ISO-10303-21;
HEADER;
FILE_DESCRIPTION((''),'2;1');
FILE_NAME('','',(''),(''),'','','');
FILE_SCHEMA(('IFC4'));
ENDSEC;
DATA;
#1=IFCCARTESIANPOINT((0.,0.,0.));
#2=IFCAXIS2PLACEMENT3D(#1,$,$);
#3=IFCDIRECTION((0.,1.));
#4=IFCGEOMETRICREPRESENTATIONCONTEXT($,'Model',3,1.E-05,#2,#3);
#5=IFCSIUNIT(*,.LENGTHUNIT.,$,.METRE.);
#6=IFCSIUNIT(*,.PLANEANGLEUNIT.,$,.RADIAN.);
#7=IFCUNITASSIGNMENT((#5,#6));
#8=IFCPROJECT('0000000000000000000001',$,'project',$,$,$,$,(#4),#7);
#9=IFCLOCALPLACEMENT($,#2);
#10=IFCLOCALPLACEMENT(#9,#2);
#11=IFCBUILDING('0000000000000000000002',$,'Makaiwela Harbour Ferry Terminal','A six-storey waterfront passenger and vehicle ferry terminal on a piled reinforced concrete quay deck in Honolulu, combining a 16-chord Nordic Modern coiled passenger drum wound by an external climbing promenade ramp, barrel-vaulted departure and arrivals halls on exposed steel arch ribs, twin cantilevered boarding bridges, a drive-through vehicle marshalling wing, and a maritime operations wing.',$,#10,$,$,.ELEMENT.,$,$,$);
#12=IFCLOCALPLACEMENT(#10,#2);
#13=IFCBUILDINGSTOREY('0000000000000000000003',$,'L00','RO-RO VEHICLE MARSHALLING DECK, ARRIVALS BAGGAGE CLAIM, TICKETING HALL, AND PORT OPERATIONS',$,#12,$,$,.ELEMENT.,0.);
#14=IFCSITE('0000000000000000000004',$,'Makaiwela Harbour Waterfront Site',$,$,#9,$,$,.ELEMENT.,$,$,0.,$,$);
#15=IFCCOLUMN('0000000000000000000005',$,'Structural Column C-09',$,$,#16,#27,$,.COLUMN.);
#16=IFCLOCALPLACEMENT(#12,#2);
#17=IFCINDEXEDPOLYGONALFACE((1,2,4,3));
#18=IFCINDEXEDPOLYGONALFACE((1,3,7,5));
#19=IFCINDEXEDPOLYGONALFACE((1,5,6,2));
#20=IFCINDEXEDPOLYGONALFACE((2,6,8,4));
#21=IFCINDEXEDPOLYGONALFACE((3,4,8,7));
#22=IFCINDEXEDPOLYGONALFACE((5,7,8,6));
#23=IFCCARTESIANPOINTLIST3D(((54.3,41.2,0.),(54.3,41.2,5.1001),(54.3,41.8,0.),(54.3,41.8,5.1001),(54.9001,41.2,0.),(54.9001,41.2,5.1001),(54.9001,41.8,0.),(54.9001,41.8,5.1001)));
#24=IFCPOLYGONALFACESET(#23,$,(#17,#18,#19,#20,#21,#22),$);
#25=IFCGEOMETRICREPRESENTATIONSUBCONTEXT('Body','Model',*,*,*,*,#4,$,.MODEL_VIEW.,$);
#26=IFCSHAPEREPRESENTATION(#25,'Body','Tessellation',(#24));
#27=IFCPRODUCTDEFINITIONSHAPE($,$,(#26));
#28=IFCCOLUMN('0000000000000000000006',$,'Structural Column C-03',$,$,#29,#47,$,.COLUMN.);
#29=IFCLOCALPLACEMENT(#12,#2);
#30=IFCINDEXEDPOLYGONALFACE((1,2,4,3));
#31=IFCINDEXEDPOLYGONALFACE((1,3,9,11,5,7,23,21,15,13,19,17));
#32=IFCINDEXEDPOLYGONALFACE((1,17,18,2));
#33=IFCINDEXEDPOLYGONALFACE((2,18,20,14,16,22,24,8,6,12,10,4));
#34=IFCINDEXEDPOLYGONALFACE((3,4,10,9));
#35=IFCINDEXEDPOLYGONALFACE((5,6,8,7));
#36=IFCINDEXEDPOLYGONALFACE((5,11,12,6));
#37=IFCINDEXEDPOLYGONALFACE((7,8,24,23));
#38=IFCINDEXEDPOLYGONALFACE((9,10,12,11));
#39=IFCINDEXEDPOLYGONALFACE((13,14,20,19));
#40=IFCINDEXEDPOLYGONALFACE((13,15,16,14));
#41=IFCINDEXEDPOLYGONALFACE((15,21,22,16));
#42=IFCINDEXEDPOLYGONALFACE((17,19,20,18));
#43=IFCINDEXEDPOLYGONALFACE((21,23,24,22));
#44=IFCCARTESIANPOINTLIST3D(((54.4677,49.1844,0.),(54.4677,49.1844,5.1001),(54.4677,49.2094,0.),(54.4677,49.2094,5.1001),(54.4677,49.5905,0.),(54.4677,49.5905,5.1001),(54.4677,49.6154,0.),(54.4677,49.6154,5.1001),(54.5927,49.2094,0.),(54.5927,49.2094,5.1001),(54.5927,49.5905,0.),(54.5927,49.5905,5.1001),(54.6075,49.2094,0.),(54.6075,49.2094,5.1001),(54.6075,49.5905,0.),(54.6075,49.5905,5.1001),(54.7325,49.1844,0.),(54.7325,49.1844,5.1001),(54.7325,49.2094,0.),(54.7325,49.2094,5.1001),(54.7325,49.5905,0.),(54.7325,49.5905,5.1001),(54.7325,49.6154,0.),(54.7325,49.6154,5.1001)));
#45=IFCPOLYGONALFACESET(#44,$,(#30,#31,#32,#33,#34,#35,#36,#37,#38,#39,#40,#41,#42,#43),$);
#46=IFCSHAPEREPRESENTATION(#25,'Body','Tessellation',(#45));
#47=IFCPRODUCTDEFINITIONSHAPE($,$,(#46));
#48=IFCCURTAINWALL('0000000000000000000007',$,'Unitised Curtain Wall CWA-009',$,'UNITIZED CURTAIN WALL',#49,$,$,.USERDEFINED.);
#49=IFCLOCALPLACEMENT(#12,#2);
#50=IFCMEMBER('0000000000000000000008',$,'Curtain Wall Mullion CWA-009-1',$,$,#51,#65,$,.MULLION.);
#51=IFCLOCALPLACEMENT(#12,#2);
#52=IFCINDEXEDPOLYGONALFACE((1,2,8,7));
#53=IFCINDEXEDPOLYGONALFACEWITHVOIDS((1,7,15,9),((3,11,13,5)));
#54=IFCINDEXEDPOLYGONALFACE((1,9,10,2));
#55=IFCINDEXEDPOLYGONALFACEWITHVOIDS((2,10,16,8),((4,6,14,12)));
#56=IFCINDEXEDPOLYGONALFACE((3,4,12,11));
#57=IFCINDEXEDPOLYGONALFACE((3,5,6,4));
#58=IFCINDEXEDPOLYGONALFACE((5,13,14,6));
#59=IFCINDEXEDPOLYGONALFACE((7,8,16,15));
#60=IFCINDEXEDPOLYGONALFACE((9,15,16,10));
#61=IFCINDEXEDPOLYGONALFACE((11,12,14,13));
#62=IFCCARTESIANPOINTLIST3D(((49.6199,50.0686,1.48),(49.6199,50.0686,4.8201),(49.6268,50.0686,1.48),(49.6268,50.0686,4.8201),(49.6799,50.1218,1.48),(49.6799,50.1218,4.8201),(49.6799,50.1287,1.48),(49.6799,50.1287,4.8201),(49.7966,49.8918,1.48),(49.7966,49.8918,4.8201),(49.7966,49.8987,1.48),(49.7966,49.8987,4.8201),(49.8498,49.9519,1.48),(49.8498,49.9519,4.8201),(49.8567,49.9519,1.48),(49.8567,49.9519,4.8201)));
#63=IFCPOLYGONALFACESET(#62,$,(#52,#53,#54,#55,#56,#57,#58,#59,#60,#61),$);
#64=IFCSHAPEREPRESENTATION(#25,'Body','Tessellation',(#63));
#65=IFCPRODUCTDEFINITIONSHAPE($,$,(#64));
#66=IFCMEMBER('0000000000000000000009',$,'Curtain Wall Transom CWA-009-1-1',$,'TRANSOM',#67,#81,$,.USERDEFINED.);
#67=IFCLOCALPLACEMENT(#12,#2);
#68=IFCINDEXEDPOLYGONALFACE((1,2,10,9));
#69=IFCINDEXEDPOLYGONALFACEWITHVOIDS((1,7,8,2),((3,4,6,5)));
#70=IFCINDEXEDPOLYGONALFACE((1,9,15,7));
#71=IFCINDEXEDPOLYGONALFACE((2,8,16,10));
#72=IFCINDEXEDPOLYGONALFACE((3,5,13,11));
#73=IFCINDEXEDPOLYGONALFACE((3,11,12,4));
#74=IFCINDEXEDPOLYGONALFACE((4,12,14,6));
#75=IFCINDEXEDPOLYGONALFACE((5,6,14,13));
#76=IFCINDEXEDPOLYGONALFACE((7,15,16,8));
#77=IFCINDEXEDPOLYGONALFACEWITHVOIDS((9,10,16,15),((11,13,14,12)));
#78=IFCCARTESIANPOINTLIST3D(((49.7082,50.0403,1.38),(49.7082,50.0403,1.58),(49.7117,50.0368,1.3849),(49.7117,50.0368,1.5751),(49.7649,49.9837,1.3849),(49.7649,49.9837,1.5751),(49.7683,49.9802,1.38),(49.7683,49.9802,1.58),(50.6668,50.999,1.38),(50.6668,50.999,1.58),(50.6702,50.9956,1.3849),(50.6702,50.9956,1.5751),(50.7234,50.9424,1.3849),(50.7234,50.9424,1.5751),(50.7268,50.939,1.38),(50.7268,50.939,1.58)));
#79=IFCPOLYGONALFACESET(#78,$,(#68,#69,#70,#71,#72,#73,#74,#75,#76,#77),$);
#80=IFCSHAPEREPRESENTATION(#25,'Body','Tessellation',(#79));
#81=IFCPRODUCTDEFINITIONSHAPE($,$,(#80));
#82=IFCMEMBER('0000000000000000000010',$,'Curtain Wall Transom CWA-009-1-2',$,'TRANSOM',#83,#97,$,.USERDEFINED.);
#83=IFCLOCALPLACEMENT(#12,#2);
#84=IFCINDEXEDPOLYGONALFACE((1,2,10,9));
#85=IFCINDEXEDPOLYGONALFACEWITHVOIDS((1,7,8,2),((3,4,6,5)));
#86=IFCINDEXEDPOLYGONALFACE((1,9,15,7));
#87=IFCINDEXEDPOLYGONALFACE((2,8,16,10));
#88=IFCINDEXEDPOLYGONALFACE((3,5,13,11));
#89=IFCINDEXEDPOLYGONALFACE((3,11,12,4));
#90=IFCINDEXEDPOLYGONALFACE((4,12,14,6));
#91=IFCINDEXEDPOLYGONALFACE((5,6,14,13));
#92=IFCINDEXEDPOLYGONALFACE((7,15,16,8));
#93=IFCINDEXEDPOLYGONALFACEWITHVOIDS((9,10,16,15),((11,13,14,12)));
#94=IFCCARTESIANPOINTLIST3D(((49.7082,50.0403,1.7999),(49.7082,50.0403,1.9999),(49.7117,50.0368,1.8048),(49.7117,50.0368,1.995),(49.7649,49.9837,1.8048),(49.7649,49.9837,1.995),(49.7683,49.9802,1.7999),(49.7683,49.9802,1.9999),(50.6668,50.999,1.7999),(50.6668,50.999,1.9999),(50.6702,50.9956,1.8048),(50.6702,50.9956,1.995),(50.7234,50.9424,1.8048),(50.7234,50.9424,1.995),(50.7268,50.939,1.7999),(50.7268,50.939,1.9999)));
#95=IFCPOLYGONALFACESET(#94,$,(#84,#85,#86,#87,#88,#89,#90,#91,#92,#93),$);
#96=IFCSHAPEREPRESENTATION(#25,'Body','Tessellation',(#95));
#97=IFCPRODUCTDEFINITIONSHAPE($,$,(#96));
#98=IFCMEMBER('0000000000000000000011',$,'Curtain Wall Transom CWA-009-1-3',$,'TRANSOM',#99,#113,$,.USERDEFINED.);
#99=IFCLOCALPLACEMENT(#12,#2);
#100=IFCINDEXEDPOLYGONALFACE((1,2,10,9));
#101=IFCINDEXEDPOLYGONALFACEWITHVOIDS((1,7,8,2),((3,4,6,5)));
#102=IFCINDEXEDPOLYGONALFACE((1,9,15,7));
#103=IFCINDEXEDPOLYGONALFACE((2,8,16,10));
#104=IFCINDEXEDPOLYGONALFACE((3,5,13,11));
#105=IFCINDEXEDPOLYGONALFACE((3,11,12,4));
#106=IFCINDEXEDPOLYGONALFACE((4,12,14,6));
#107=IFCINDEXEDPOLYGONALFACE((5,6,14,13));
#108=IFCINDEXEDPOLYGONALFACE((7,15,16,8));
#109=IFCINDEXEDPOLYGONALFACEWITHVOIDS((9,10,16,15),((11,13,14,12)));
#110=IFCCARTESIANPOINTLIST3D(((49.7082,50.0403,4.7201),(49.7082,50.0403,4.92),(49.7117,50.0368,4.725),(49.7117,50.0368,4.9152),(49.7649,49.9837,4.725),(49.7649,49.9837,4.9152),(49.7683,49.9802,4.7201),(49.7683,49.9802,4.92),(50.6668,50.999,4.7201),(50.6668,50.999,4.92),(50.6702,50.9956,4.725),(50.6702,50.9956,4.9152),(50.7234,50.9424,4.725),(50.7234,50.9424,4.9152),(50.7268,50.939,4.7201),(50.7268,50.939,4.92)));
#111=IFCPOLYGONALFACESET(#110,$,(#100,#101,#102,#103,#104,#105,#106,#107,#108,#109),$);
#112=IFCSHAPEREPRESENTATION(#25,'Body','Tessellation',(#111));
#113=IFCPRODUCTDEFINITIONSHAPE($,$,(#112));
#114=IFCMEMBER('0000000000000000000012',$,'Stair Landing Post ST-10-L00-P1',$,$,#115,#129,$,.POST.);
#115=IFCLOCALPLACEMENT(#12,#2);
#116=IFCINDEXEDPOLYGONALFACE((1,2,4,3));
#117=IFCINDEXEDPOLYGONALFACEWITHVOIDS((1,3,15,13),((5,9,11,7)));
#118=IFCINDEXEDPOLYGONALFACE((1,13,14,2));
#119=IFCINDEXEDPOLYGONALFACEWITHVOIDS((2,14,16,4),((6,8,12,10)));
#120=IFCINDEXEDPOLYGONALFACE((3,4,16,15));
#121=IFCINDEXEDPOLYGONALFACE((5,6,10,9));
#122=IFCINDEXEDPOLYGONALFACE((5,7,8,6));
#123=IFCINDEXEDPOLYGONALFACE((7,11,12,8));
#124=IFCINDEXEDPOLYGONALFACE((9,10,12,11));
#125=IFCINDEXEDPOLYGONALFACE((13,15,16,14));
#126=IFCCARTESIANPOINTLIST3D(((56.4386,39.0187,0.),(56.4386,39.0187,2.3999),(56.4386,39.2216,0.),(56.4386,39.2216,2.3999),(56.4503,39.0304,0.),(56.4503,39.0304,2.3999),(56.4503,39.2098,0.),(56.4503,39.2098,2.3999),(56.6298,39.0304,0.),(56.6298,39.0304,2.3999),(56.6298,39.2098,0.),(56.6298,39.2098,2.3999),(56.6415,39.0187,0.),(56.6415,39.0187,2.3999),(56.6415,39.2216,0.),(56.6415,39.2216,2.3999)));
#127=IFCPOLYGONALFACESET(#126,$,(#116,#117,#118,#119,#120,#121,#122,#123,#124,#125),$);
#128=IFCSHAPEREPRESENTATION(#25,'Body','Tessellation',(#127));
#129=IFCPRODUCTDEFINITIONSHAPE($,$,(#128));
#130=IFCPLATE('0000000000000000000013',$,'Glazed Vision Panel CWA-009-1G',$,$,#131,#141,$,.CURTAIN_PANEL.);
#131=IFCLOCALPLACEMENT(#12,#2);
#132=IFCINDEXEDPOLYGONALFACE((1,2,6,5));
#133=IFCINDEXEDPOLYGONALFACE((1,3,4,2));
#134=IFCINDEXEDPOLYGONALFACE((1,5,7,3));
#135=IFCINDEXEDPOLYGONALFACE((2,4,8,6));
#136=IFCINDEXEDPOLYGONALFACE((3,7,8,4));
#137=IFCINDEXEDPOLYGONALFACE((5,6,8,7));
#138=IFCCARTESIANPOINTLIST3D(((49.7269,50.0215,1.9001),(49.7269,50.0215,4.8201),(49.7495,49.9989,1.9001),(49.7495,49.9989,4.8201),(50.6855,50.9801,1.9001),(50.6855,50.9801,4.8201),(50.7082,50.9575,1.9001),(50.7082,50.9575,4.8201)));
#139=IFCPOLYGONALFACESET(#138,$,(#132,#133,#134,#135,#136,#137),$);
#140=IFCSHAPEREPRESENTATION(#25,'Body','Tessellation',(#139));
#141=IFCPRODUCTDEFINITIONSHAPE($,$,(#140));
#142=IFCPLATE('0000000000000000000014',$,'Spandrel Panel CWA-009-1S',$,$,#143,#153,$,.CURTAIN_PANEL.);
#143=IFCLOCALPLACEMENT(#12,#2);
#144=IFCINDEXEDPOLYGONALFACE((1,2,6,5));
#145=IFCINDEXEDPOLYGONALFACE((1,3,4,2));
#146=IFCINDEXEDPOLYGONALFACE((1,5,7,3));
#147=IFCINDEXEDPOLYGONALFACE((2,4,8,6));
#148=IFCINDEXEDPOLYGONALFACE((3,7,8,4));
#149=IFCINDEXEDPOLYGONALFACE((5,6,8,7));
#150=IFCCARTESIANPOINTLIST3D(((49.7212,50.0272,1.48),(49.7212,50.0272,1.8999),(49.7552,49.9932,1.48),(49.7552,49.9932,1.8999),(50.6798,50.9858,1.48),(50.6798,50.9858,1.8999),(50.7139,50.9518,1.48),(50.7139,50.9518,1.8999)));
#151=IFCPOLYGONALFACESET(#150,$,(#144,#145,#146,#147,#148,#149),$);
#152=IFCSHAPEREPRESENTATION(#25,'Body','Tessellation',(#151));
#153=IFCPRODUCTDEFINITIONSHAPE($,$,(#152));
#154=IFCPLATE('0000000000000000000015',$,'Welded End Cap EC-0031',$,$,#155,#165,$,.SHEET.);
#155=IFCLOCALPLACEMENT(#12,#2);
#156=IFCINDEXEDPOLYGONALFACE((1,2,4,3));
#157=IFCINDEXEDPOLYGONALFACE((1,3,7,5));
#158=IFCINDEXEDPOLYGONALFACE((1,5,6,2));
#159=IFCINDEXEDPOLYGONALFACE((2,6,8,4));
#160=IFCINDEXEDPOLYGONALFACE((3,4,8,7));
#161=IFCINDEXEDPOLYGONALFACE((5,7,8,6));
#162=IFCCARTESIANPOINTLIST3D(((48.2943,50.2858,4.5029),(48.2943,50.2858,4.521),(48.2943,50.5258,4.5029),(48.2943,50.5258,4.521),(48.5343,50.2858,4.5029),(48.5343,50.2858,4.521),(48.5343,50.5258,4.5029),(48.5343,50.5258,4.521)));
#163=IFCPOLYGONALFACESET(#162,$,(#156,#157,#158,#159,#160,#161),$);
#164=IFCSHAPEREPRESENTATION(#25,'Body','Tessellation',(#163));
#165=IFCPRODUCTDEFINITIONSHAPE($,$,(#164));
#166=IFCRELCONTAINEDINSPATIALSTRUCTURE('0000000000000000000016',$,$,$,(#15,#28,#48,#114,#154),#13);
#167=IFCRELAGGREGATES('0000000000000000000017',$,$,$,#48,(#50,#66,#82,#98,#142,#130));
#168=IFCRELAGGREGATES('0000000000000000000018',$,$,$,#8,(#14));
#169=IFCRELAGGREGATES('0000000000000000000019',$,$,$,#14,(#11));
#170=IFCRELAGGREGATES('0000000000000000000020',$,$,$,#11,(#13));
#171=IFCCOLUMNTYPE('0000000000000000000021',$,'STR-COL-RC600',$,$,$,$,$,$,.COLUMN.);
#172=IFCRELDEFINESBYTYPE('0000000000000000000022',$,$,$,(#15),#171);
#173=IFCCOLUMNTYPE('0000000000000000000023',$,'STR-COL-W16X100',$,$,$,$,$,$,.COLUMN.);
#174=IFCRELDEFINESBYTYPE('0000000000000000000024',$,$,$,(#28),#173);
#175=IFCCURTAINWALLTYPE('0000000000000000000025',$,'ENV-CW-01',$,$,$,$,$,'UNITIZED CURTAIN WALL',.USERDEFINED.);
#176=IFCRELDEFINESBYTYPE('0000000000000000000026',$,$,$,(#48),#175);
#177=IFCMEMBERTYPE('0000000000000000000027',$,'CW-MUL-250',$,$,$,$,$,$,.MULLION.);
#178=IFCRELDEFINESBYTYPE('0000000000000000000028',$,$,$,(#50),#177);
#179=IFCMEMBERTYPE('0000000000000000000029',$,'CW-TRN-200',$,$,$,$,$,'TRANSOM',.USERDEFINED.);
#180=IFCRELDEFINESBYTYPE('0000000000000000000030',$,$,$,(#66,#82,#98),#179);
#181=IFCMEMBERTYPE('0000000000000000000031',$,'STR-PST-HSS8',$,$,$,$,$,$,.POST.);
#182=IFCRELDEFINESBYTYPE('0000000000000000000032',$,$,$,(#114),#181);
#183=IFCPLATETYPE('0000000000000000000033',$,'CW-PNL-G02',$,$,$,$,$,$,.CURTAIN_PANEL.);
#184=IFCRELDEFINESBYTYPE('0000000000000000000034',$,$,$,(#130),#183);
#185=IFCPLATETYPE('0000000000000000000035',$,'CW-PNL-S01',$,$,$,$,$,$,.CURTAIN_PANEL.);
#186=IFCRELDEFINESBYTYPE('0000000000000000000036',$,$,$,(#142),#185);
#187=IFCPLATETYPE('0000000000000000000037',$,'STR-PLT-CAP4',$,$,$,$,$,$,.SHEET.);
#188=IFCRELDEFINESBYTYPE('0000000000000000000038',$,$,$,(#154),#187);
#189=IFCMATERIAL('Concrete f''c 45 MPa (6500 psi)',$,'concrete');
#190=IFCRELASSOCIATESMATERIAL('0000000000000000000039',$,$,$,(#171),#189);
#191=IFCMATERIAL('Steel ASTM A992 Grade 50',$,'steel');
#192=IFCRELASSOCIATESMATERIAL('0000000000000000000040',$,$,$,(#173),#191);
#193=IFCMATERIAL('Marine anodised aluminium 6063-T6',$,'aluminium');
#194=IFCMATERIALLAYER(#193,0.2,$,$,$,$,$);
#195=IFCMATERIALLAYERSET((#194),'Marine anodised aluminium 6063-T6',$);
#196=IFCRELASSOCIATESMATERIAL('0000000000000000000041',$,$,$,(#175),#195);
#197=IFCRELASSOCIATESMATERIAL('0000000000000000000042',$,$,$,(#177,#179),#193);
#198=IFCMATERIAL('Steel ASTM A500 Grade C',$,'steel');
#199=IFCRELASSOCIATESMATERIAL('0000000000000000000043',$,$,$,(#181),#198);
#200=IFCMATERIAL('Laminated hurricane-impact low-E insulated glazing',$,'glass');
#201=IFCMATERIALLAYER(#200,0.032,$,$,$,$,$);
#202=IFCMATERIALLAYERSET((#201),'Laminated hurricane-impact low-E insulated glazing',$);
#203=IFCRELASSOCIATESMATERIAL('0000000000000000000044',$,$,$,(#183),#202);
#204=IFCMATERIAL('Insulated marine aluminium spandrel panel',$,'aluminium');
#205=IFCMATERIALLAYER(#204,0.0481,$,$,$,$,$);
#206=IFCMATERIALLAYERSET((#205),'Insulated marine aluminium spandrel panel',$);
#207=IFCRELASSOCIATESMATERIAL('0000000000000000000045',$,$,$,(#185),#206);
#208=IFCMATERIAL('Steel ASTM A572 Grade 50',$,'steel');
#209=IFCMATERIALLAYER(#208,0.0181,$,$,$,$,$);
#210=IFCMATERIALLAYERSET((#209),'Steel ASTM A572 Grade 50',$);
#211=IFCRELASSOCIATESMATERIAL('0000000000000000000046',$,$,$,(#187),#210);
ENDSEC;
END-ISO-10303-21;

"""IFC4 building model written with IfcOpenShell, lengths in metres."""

from ifc_helpers import new_model, si_unit, direction, frame, origin, origin_2d, place, context, subcontext, project, spatial, rectangle, hollow_rectangle, i_section, extrude, material, layer, layer_set, material_profile, profile_set, type_object, element, aggregate, save


model = new_model("IFC4")

# Units and contexts
model_context = context("Model", 3, precision=1e-05, world=origin(), true_north=direction((0.0, 1.0)))
body_context = subcontext(model_context, "Body", "Model", "MODEL_VIEW")
ifc_project = project(units=[si_unit("LENGTHUNIT", "METRE"), si_unit("PLANEANGLEUNIT", "RADIAN")], contexts=[model_context])

# Site, building, storey
site_placement = place(None, origin())
site = spatial("IfcSite", under=ifc_project, at=site_placement, Name="Makaiwela Harbour Waterfront Site", CompositionType="ELEMENT", RefElevation=0.0)
building_placement = place(site_placement, origin())
building = spatial("IfcBuilding", under=site, at=building_placement, Name="Makaiwela Harbour Ferry Terminal", Description="A six-storey waterfront passenger and vehicle ferry terminal on a piled reinforced concrete quay deck in Honolulu, combining a 16-chord Nordic Modern coiled passenger drum wound by an external climbing promenade ramp, barrel-vaulted departure and arrivals halls on exposed steel arch ribs, twin cantilevered boarding bridges, a drive-through vehicle marshalling wing, and a maritime operations wing.", CompositionType="ELEMENT")
storey_placement = place(building_placement, origin())
storey = spatial("IfcBuildingStorey", under=building, at=storey_placement, Name="L00", Description="RO-RO VEHICLE MARSHALLING DECK, ARRIVALS BAGGAGE CLAIM, TICKETING HALL, AND PORT OPERATIONS", CompositionType="ELEMENT", Elevation=0.0)

# Shared definitions
ifc_material_1 = material(Name="Concrete f'c 45 MPa (6500 psi)", Category="concrete")

# Columns
ifc_material_profile_1 = material_profile(ifc_material_1, rectangle(XDim=0.6001, YDim=0.6001, at=origin_2d()), Name="RC-600X600")
ifc_profile_set_1 = profile_set([ifc_material_profile_1], Name="Concrete f'c 45 MPa (6500 psi)")
column_type_1 = type_object("IfcColumnType", Name="STR-COL-RC600", PredefinedType="COLUMN", material=ifc_profile_set_1)
column_1_placement = place(storey_placement, frame((54.6001, 41.5, 0.0), z_axis=(0.0, 0.0, 1.0), x_axis=(1.0, 0.0, 0.0)))
element("IfcColumn", 1, at=column_1_placement, inside=storey, type_object=column_type_1, Name="Structural Column C-09", PredefinedType="COLUMN", context=body_context, shape_type="SweptSolid", body=[
    extrude(rectangle(XDim=0.6001, YDim=0.6001, at=origin_2d()), origin(), (0.0, 0.0, 1.0), 5.1001),
])
ifc_material_2 = material(Name="Steel ASTM A992 Grade 50", Category="steel")
ifc_material_profile_2 = material_profile(ifc_material_2, i_section(OverallWidth=0.2649, OverallDepth=0.4309, WebThickness=0.0149, FlangeThickness=0.0249, at=origin_2d()), Name="W16X100")
ifc_profile_set_2 = profile_set([ifc_material_profile_2], Name="Steel ASTM A992 Grade 50")
column_type_2 = type_object("IfcColumnType", Name="STR-COL-W16X100", PredefinedType="COLUMN", material=ifc_profile_set_2)
column_2_placement = place(storey_placement, frame((54.6001, 49.3999, 0.0), z_axis=(0.0, 0.0, 1.0), x_axis=(1.0, 0.0, 0.0)))
element("IfcColumn", 2, at=column_2_placement, inside=storey, type_object=column_type_2, Name="Structural Column C-03", PredefinedType="COLUMN", context=body_context, shape_type="SweptSolid", body=[
    extrude(i_section(OverallWidth=0.2649, OverallDepth=0.4309, WebThickness=0.0149, FlangeThickness=0.0249, at=origin_2d()), origin(), (0.0, 0.0, 1.0), 5.1001),
])

# Curtain wall, members
ifc_material_3 = material(Name="Marine anodised aluminium 6063-T6", Category="aluminium")
ifc_layer_1 = layer(ifc_material_3, 0.2)
ifc_layer_set_1 = layer_set([ifc_layer_1], Name="Marine anodised aluminium 6063-T6")
curtain_wall_type = type_object("IfcCurtainWallType", Name="ENV-CW-01", ElementType="UNITIZED CURTAIN WALL", PredefinedType="USERDEFINED", material=ifc_layer_set_1)
curtain_wall_placement = place(storey_placement, origin())
curtain_wall = element("IfcCurtainWall", 3, at=curtain_wall_placement, inside=storey, type_object=curtain_wall_type, Name="Unitised Curtain Wall CWA-009", ObjectType="UNITIZED CURTAIN WALL", PredefinedType="USERDEFINED")
ifc_material_profile_3 = material_profile(ifc_material_3, hollow_rectangle(XDim=0.085, YDim=0.25, WallThickness=0.0049, at=origin_2d()), Name="CWM-250X85")
ifc_profile_set_3 = profile_set([ifc_material_profile_3], Name="Marine anodised aluminium 6063-T6")
member_type_1 = type_object("IfcMemberType", Name="CW-MUL-250", PredefinedType="MULLION", material=ifc_profile_set_3)
member_1_placement = place(storey_placement, frame((49.7383, 50.0103, 1.48), z_axis=(0.0, 0.0, 1.0), x_axis=(0.707107, 0.707107, 0.0)))
member_1 = element("IfcMember", 4, at=member_1_placement, type_object=member_type_1, Name="Curtain Wall Mullion CWA-009-1", PredefinedType="MULLION", context=body_context, shape_type="SweptSolid", body=[
    extrude(hollow_rectangle(XDim=0.085, YDim=0.25, WallThickness=0.0049, at=origin_2d()), origin(), (0.0, 0.0, 1.0), 3.3401),
])
ifc_material_profile_4 = material_profile(ifc_material_3, hollow_rectangle(XDim=0.085, YDim=0.2, WallThickness=0.0049, at=origin_2d()), Name="CWT-200X85")
ifc_profile_set_4 = profile_set([ifc_material_profile_4], Name="Marine anodised aluminium 6063-T6")
member_type_2 = type_object("IfcMemberType", Name="CW-TRN-200", ElementType="TRANSOM", PredefinedType="USERDEFINED", material=ifc_profile_set_4)
member_2_placement = place(storey_placement, frame((49.7383, 50.0103, 1.48), z_axis=(0.707017, 0.707197, 0.0), x_axis=(-0.707197, 0.707017, 0.0)))
member_2 = element("IfcMember", 5, at=member_2_placement, type_object=member_type_2, Name="Curtain Wall Transom CWA-009-1-1", ObjectType="TRANSOM", PredefinedType="USERDEFINED", context=body_context, shape_type="SweptSolid", body=[
    extrude(hollow_rectangle(XDim=0.085, YDim=0.2, WallThickness=0.0049, at=origin_2d()), origin(), (0.0, 0.0, 1.0), 1.3557),
])
member_3_placement = place(storey_placement, frame((49.7383, 50.0103, 1.8999), z_axis=(0.707017, 0.707197, 0.0), x_axis=(-0.707197, 0.707017, 0.0)))
member_3 = element("IfcMember", 6, at=member_3_placement, type_object=member_type_2, Name="Curtain Wall Transom CWA-009-1-2", ObjectType="TRANSOM", PredefinedType="USERDEFINED", context=body_context, shape_type="SweptSolid", body=[
    extrude(hollow_rectangle(XDim=0.085, YDim=0.2, WallThickness=0.0049, at=origin_2d()), origin(), (0.0, 0.0, 1.0), 1.3557),
])
member_4_placement = place(storey_placement, frame((49.7383, 50.0103, 4.8201), z_axis=(0.707017, 0.707197, 0.0), x_axis=(-0.707197, 0.707017, 0.0)))
member_4 = element("IfcMember", 7, at=member_4_placement, type_object=member_type_2, Name="Curtain Wall Transom CWA-009-1-3", ObjectType="TRANSOM", PredefinedType="USERDEFINED", context=body_context, shape_type="SweptSolid", body=[
    extrude(hollow_rectangle(XDim=0.085, YDim=0.2, WallThickness=0.0049, at=origin_2d()), origin(), (0.0, 0.0, 1.0), 1.3557),
])

# Member
ifc_material_4 = material(Name="Steel ASTM A500 Grade C", Category="steel")
ifc_material_profile_5 = material_profile(ifc_material_4, hollow_rectangle(XDim=0.2029, YDim=0.2029, WallThickness=0.0117, at=origin_2d()), Name="HSS8X8X1/2")
ifc_profile_set_5 = profile_set([ifc_material_profile_5], Name="Steel ASTM A500 Grade C")
member_type_3 = type_object("IfcMemberType", Name="STR-PST-HSS8", PredefinedType="POST", material=ifc_profile_set_5)
member_5_placement = place(storey_placement, frame((56.54, 39.1201, 0.0), z_axis=(0.0, 0.0, 1.0), x_axis=(1.0, 0.0, 0.0)))
element("IfcMember", 8, at=member_5_placement, inside=storey, type_object=member_type_3, Name="Stair Landing Post ST-10-L00-P1", PredefinedType="POST", context=body_context, shape_type="SweptSolid", body=[
    extrude(hollow_rectangle(XDim=0.2029, YDim=0.2029, WallThickness=0.0117, at=origin_2d()), origin(), (0.0, 0.0, 1.0), 2.3999),
])

# Plates
ifc_material_5 = material(Name="Laminated hurricane-impact low-E insulated glazing", Category="glass")
ifc_layer_2 = layer(ifc_material_5, 0.032)
ifc_layer_set_2 = layer_set([ifc_layer_2], Name="Laminated hurricane-impact low-E insulated glazing")
plate_type_1 = type_object("IfcPlateType", Name="CW-PNL-G02", PredefinedType="CURTAIN_PANEL", material=ifc_layer_set_2)
plate_1_placement = place(storey_placement, frame((50.2175, 50.4895, 1.9001), z_axis=(0.0, 0.0, 1.0), x_axis=(0.707107, 0.707107, 0.0)))
plate_1 = element("IfcPlate", 9, at=plate_1_placement, type_object=plate_type_1, Name="Glazed Vision Panel CWA-009-1G", PredefinedType="CURTAIN_PANEL", context=body_context, shape_type="SweptSolid", body=[
    extrude(rectangle(XDim=1.3557, YDim=0.032, at=origin_2d()), origin(), (0.0, 0.0, 1.0), 2.9199),
])
ifc_material_6 = material(Name="Insulated marine aluminium spandrel panel", Category="aluminium")
ifc_layer_3 = layer(ifc_material_6, 0.0481)
ifc_layer_set_3 = layer_set([ifc_layer_3], Name="Insulated marine aluminium spandrel panel")
plate_type_2 = type_object("IfcPlateType", Name="CW-PNL-S01", PredefinedType="CURTAIN_PANEL", material=ifc_layer_set_3)
plate_2_placement = place(storey_placement, frame((50.2175, 50.4895, 1.48), z_axis=(0.0, 0.0, 1.0), x_axis=(0.707107, 0.707107, 0.0)))
plate_2 = element("IfcPlate", 10, at=plate_2_placement, type_object=plate_type_2, Name="Spandrel Panel CWA-009-1S", PredefinedType="CURTAIN_PANEL", context=body_context, shape_type="SweptSolid", body=[
    extrude(rectangle(XDim=1.3557, YDim=0.0481, at=origin_2d()), origin(), (0.0, 0.0, 1.0), 0.4199),
])
aggregate(curtain_wall, [member_1, member_2, member_3, member_4, plate_2, plate_1])
ifc_material_7 = material(Name="Steel ASTM A572 Grade 50", Category="steel")
ifc_layer_4 = layer(ifc_material_7, 0.0181)
ifc_layer_set_4 = layer_set([ifc_layer_4], Name="Steel ASTM A572 Grade 50")
plate_type_3 = type_object("IfcPlateType", Name="STR-PLT-CAP4", PredefinedType="SHEET", material=ifc_layer_set_4)
plate_3_placement = place(storey_placement, frame((48.4143, 50.4058, 4.5029), z_axis=(0.0, 0.0, 1.0), x_axis=(1.0, 0.0, 0.0)))
element("IfcPlate", 11, at=plate_3_placement, inside=storey, type_object=plate_type_3, Name="Welded End Cap EC-0031", PredefinedType="SHEET", context=body_context, shape_type="SweptSolid", body=[
    extrude(rectangle(XDim=0.24, YDim=0.24, at=origin_2d()), origin(), (0.0, 0.0, 1.0), 0.0181),
])

save(model, "model.ifc")
